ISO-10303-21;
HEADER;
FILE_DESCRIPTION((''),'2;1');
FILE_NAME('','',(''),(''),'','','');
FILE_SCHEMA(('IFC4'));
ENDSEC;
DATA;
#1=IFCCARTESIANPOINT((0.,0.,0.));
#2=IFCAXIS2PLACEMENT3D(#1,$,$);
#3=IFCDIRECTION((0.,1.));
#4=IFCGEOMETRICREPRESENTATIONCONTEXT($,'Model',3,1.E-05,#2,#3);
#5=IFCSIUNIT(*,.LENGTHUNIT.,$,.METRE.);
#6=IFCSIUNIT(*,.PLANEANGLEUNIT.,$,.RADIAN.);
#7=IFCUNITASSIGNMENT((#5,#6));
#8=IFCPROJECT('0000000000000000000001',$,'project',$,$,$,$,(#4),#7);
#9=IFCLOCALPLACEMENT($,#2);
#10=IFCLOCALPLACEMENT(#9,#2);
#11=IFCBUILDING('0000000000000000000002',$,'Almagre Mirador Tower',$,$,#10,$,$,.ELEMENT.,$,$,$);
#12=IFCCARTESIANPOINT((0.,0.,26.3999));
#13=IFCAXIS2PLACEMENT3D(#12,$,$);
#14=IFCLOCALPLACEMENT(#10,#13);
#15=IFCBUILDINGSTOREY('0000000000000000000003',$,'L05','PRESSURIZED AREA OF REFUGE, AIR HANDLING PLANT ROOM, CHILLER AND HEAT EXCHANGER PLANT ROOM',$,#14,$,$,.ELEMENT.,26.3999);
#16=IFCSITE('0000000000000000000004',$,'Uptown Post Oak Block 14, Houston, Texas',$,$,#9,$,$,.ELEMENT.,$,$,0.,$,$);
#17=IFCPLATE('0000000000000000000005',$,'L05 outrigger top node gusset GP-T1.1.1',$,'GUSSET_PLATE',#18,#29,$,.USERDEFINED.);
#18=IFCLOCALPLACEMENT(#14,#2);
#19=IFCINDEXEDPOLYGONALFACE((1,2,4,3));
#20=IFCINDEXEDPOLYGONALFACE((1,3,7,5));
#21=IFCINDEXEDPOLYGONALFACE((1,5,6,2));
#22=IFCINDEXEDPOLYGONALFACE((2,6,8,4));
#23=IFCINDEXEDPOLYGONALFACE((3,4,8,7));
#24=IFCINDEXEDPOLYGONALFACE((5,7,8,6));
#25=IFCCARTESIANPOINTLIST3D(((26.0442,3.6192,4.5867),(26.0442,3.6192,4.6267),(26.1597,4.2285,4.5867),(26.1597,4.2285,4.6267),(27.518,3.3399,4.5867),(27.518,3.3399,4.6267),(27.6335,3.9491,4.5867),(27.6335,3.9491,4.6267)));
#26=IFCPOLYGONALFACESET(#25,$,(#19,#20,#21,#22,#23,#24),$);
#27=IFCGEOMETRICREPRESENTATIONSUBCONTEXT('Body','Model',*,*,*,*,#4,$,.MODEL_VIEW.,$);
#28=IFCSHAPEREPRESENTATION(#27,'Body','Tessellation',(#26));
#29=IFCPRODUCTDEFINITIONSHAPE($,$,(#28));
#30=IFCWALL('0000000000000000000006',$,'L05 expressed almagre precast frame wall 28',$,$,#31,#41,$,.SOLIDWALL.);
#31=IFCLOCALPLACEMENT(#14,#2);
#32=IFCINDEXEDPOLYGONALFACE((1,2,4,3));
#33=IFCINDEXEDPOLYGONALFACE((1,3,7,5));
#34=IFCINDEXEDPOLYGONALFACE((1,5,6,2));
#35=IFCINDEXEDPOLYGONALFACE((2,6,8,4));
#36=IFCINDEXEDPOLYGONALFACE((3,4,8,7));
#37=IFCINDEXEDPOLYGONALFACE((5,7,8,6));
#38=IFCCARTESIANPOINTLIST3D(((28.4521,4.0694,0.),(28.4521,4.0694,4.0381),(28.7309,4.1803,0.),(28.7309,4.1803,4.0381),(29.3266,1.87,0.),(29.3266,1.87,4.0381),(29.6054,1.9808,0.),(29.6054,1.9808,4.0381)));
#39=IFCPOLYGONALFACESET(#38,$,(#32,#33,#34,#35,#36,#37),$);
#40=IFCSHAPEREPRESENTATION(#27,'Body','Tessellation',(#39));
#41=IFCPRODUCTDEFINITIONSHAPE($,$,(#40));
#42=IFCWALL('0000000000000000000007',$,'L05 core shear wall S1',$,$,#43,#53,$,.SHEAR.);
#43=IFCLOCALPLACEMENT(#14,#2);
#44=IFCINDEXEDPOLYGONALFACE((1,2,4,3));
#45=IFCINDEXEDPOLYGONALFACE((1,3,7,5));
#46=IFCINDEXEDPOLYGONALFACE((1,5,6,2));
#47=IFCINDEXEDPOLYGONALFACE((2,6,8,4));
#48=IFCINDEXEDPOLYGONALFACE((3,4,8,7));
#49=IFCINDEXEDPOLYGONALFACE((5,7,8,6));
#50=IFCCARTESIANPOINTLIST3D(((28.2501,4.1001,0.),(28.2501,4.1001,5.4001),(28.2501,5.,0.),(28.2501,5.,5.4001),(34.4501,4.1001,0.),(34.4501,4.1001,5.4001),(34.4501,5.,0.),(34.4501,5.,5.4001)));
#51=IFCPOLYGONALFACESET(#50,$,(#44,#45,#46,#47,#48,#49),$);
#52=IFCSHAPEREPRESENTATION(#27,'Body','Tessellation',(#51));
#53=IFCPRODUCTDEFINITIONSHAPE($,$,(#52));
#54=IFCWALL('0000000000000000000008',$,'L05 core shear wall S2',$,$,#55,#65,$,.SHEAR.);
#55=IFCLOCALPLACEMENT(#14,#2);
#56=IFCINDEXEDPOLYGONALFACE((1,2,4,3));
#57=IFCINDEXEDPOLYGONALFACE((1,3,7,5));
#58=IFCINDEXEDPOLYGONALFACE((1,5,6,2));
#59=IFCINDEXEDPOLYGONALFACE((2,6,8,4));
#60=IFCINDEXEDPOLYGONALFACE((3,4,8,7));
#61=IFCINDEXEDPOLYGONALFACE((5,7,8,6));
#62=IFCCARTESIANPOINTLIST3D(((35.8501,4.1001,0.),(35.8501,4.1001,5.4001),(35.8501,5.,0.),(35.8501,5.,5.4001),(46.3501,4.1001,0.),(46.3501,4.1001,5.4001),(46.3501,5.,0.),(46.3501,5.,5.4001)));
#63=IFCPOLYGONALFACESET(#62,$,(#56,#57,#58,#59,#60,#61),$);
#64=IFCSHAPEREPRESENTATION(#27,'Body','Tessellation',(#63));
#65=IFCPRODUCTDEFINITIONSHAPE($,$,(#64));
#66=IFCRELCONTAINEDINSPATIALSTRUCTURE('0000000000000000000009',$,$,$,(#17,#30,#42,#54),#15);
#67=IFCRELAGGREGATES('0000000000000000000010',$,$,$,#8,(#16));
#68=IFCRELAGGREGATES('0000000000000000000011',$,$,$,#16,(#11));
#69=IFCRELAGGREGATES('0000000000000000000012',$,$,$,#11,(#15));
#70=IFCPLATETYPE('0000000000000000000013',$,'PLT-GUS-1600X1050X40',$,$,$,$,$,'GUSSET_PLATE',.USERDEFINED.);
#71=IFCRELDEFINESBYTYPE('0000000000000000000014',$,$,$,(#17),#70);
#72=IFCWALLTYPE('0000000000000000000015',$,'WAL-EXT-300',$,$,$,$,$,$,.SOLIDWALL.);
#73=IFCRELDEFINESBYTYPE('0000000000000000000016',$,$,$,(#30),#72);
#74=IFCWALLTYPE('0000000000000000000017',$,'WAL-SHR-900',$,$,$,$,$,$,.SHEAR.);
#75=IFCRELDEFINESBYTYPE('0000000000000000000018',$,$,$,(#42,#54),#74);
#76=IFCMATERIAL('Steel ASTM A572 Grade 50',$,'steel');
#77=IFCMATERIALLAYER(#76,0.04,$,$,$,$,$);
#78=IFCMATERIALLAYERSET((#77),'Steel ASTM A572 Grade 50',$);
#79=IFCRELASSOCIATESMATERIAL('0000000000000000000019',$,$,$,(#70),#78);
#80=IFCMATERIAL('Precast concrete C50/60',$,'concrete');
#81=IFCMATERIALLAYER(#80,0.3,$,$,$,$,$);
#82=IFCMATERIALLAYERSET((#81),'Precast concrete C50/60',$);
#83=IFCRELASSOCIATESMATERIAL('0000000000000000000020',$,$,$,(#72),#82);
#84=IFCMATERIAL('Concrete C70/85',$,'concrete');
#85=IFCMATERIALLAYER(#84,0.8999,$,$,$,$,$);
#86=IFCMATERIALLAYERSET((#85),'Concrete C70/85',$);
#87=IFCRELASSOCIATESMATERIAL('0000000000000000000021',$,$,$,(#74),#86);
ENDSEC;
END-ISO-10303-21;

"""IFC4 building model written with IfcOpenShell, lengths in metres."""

from ifc_helpers import new_model, si_unit, direction, frame, frame_2d, origin, origin_2d, place, context, subcontext, project, spatial, rectangle, extrude, material, layer, layer_set, type_object, element, save


model = new_model("IFC4")

# Units and contexts
model_context = context("Model", 3, precision=1e-05, world=origin(), true_north=direction((0.0, 1.0)))
body_context = subcontext(model_context, "Body", "Model", "MODEL_VIEW")
ifc_project = project(units=[si_unit("LENGTHUNIT", "METRE"), si_unit("PLANEANGLEUNIT", "RADIAN")], contexts=[model_context])

# Site, building, storey
site_placement = place(None, origin())
site = spatial("IfcSite", under=ifc_project, at=site_placement, Name="Uptown Post Oak Block 14, Houston, Texas", CompositionType="ELEMENT", RefElevation=0.0)
building_placement = place(site_placement, origin())
building = spatial("IfcBuilding", under=site, at=building_placement, Name="Almagre Mirador Tower", CompositionType="ELEMENT")
storey_placement = place(building_placement, frame((0.0, 0.0, 26.3999)))
storey = spatial("IfcBuildingStorey", under=building, at=storey_placement, Name="L05", Description="PRESSURIZED AREA OF REFUGE, AIR HANDLING PLANT ROOM, CHILLER AND HEAT EXCHANGER PLANT ROOM", CompositionType="ELEMENT", Elevation=26.3999)

# Plate
ifc_material_1 = material(Name="Steel ASTM A572 Grade 50", Category="steel")
ifc_layer_1 = layer(ifc_material_1, 0.04)
ifc_layer_set_1 = layer_set([ifc_layer_1], Name="Steel ASTM A572 Grade 50")
plate_type = type_object("IfcPlateType", Name="PLT-GUS-1600X1050X40", ElementType="GUSSET_PLATE", PredefinedType="USERDEFINED", material=ifc_layer_set_1)
for number, where, z_axis, x_axis, name in (
    (1, (26.8389, 3.7842, 4.5867), (0.0, 0.0, 1.0), (-0.982502, 0.18625, 0.0), "L05 outrigger top node gusset GP-T1.1.1"),
):
    element("IfcPlate", number, at=place(storey_placement, frame(where, z_axis=z_axis, x_axis=x_axis)), inside=storey, type_object=plate_type, Name=name, ObjectType="GUSSET_PLATE", PredefinedType="USERDEFINED", context=body_context, shape_type="SweptSolid", body=[
        extrude(rectangle(XDim=1.5, YDim=0.6201, at=origin_2d()), origin(), (0.0, 0.0, 1.0), 0.04),
    ])

# Walls
ifc_material_2 = material(Name="Precast concrete C50/60", Category="concrete")
ifc_layer_2 = layer(ifc_material_2, 0.3)
ifc_layer_set_2 = layer_set([ifc_layer_2], Name="Precast concrete C50/60")
wall_type_1 = type_object("IfcWallType", Name="WAL-EXT-300", PredefinedType="SOLIDWALL", material=ifc_layer_set_2)
wall_1_placement = place(storey_placement, frame((29.4661, 1.9253, 0.0), z_axis=(0.0, 0.0, 1.0), x_axis=(-0.369469, 0.929243, 0.0)))
element("IfcWall", 2, at=wall_1_placement, inside=storey, type_object=wall_type_1, Name="L05 expressed almagre precast frame wall 28", PredefinedType="SOLIDWALL", context=body_context, shape_type="SweptSolid", body=[
    extrude(rectangle(XDim=2.3669, YDim=0.3, at=frame_2d((1.1836, 0.0))), origin(), (0.0, 0.0, 1.0), 4.0381),
])
ifc_material_3 = material(Name="Concrete C70/85", Category="concrete")
ifc_layer_3 = layer(ifc_material_3, 0.8999)
ifc_layer_set_3 = layer_set([ifc_layer_3], Name="Concrete C70/85")
wall_type_2 = type_object("IfcWallType", Name="WAL-SHR-900", PredefinedType="SHEAR", material=ifc_layer_set_3)
wall_2_placement = place(storey_placement, frame((28.25, 4.55, 0.0), z_axis=(0.0, 0.0, 1.0), x_axis=(1.0, 0.0, 0.0)))
element("IfcWall", 3, at=wall_2_placement, inside=storey, type_object=wall_type_2, Name="L05 core shear wall S1", PredefinedType="SHEAR", context=body_context, shape_type="SweptSolid", body=[
    extrude(rectangle(XDim=6.2, YDim=0.8999, at=frame_2d((3.1001, 0.0))), origin(), (0.0, 0.0, 1.0), 5.4001),
])
wall_3_placement = place(storey_placement, frame((35.8501, 4.55, 0.0), z_axis=(0.0, 0.0, 1.0), x_axis=(1.0, 0.0, 0.0)))
element("IfcWall", 4, at=wall_3_placement, inside=storey, type_object=wall_type_2, Name="L05 core shear wall S2", PredefinedType="SHEAR", context=body_context, shape_type="SweptSolid", body=[
    extrude(rectangle(XDim=10.5, YDim=0.8999, at=frame_2d((5.25, 0.0))), origin(), (0.0, 0.0, 1.0), 5.4001),
])

save(model, "model.ifc")
